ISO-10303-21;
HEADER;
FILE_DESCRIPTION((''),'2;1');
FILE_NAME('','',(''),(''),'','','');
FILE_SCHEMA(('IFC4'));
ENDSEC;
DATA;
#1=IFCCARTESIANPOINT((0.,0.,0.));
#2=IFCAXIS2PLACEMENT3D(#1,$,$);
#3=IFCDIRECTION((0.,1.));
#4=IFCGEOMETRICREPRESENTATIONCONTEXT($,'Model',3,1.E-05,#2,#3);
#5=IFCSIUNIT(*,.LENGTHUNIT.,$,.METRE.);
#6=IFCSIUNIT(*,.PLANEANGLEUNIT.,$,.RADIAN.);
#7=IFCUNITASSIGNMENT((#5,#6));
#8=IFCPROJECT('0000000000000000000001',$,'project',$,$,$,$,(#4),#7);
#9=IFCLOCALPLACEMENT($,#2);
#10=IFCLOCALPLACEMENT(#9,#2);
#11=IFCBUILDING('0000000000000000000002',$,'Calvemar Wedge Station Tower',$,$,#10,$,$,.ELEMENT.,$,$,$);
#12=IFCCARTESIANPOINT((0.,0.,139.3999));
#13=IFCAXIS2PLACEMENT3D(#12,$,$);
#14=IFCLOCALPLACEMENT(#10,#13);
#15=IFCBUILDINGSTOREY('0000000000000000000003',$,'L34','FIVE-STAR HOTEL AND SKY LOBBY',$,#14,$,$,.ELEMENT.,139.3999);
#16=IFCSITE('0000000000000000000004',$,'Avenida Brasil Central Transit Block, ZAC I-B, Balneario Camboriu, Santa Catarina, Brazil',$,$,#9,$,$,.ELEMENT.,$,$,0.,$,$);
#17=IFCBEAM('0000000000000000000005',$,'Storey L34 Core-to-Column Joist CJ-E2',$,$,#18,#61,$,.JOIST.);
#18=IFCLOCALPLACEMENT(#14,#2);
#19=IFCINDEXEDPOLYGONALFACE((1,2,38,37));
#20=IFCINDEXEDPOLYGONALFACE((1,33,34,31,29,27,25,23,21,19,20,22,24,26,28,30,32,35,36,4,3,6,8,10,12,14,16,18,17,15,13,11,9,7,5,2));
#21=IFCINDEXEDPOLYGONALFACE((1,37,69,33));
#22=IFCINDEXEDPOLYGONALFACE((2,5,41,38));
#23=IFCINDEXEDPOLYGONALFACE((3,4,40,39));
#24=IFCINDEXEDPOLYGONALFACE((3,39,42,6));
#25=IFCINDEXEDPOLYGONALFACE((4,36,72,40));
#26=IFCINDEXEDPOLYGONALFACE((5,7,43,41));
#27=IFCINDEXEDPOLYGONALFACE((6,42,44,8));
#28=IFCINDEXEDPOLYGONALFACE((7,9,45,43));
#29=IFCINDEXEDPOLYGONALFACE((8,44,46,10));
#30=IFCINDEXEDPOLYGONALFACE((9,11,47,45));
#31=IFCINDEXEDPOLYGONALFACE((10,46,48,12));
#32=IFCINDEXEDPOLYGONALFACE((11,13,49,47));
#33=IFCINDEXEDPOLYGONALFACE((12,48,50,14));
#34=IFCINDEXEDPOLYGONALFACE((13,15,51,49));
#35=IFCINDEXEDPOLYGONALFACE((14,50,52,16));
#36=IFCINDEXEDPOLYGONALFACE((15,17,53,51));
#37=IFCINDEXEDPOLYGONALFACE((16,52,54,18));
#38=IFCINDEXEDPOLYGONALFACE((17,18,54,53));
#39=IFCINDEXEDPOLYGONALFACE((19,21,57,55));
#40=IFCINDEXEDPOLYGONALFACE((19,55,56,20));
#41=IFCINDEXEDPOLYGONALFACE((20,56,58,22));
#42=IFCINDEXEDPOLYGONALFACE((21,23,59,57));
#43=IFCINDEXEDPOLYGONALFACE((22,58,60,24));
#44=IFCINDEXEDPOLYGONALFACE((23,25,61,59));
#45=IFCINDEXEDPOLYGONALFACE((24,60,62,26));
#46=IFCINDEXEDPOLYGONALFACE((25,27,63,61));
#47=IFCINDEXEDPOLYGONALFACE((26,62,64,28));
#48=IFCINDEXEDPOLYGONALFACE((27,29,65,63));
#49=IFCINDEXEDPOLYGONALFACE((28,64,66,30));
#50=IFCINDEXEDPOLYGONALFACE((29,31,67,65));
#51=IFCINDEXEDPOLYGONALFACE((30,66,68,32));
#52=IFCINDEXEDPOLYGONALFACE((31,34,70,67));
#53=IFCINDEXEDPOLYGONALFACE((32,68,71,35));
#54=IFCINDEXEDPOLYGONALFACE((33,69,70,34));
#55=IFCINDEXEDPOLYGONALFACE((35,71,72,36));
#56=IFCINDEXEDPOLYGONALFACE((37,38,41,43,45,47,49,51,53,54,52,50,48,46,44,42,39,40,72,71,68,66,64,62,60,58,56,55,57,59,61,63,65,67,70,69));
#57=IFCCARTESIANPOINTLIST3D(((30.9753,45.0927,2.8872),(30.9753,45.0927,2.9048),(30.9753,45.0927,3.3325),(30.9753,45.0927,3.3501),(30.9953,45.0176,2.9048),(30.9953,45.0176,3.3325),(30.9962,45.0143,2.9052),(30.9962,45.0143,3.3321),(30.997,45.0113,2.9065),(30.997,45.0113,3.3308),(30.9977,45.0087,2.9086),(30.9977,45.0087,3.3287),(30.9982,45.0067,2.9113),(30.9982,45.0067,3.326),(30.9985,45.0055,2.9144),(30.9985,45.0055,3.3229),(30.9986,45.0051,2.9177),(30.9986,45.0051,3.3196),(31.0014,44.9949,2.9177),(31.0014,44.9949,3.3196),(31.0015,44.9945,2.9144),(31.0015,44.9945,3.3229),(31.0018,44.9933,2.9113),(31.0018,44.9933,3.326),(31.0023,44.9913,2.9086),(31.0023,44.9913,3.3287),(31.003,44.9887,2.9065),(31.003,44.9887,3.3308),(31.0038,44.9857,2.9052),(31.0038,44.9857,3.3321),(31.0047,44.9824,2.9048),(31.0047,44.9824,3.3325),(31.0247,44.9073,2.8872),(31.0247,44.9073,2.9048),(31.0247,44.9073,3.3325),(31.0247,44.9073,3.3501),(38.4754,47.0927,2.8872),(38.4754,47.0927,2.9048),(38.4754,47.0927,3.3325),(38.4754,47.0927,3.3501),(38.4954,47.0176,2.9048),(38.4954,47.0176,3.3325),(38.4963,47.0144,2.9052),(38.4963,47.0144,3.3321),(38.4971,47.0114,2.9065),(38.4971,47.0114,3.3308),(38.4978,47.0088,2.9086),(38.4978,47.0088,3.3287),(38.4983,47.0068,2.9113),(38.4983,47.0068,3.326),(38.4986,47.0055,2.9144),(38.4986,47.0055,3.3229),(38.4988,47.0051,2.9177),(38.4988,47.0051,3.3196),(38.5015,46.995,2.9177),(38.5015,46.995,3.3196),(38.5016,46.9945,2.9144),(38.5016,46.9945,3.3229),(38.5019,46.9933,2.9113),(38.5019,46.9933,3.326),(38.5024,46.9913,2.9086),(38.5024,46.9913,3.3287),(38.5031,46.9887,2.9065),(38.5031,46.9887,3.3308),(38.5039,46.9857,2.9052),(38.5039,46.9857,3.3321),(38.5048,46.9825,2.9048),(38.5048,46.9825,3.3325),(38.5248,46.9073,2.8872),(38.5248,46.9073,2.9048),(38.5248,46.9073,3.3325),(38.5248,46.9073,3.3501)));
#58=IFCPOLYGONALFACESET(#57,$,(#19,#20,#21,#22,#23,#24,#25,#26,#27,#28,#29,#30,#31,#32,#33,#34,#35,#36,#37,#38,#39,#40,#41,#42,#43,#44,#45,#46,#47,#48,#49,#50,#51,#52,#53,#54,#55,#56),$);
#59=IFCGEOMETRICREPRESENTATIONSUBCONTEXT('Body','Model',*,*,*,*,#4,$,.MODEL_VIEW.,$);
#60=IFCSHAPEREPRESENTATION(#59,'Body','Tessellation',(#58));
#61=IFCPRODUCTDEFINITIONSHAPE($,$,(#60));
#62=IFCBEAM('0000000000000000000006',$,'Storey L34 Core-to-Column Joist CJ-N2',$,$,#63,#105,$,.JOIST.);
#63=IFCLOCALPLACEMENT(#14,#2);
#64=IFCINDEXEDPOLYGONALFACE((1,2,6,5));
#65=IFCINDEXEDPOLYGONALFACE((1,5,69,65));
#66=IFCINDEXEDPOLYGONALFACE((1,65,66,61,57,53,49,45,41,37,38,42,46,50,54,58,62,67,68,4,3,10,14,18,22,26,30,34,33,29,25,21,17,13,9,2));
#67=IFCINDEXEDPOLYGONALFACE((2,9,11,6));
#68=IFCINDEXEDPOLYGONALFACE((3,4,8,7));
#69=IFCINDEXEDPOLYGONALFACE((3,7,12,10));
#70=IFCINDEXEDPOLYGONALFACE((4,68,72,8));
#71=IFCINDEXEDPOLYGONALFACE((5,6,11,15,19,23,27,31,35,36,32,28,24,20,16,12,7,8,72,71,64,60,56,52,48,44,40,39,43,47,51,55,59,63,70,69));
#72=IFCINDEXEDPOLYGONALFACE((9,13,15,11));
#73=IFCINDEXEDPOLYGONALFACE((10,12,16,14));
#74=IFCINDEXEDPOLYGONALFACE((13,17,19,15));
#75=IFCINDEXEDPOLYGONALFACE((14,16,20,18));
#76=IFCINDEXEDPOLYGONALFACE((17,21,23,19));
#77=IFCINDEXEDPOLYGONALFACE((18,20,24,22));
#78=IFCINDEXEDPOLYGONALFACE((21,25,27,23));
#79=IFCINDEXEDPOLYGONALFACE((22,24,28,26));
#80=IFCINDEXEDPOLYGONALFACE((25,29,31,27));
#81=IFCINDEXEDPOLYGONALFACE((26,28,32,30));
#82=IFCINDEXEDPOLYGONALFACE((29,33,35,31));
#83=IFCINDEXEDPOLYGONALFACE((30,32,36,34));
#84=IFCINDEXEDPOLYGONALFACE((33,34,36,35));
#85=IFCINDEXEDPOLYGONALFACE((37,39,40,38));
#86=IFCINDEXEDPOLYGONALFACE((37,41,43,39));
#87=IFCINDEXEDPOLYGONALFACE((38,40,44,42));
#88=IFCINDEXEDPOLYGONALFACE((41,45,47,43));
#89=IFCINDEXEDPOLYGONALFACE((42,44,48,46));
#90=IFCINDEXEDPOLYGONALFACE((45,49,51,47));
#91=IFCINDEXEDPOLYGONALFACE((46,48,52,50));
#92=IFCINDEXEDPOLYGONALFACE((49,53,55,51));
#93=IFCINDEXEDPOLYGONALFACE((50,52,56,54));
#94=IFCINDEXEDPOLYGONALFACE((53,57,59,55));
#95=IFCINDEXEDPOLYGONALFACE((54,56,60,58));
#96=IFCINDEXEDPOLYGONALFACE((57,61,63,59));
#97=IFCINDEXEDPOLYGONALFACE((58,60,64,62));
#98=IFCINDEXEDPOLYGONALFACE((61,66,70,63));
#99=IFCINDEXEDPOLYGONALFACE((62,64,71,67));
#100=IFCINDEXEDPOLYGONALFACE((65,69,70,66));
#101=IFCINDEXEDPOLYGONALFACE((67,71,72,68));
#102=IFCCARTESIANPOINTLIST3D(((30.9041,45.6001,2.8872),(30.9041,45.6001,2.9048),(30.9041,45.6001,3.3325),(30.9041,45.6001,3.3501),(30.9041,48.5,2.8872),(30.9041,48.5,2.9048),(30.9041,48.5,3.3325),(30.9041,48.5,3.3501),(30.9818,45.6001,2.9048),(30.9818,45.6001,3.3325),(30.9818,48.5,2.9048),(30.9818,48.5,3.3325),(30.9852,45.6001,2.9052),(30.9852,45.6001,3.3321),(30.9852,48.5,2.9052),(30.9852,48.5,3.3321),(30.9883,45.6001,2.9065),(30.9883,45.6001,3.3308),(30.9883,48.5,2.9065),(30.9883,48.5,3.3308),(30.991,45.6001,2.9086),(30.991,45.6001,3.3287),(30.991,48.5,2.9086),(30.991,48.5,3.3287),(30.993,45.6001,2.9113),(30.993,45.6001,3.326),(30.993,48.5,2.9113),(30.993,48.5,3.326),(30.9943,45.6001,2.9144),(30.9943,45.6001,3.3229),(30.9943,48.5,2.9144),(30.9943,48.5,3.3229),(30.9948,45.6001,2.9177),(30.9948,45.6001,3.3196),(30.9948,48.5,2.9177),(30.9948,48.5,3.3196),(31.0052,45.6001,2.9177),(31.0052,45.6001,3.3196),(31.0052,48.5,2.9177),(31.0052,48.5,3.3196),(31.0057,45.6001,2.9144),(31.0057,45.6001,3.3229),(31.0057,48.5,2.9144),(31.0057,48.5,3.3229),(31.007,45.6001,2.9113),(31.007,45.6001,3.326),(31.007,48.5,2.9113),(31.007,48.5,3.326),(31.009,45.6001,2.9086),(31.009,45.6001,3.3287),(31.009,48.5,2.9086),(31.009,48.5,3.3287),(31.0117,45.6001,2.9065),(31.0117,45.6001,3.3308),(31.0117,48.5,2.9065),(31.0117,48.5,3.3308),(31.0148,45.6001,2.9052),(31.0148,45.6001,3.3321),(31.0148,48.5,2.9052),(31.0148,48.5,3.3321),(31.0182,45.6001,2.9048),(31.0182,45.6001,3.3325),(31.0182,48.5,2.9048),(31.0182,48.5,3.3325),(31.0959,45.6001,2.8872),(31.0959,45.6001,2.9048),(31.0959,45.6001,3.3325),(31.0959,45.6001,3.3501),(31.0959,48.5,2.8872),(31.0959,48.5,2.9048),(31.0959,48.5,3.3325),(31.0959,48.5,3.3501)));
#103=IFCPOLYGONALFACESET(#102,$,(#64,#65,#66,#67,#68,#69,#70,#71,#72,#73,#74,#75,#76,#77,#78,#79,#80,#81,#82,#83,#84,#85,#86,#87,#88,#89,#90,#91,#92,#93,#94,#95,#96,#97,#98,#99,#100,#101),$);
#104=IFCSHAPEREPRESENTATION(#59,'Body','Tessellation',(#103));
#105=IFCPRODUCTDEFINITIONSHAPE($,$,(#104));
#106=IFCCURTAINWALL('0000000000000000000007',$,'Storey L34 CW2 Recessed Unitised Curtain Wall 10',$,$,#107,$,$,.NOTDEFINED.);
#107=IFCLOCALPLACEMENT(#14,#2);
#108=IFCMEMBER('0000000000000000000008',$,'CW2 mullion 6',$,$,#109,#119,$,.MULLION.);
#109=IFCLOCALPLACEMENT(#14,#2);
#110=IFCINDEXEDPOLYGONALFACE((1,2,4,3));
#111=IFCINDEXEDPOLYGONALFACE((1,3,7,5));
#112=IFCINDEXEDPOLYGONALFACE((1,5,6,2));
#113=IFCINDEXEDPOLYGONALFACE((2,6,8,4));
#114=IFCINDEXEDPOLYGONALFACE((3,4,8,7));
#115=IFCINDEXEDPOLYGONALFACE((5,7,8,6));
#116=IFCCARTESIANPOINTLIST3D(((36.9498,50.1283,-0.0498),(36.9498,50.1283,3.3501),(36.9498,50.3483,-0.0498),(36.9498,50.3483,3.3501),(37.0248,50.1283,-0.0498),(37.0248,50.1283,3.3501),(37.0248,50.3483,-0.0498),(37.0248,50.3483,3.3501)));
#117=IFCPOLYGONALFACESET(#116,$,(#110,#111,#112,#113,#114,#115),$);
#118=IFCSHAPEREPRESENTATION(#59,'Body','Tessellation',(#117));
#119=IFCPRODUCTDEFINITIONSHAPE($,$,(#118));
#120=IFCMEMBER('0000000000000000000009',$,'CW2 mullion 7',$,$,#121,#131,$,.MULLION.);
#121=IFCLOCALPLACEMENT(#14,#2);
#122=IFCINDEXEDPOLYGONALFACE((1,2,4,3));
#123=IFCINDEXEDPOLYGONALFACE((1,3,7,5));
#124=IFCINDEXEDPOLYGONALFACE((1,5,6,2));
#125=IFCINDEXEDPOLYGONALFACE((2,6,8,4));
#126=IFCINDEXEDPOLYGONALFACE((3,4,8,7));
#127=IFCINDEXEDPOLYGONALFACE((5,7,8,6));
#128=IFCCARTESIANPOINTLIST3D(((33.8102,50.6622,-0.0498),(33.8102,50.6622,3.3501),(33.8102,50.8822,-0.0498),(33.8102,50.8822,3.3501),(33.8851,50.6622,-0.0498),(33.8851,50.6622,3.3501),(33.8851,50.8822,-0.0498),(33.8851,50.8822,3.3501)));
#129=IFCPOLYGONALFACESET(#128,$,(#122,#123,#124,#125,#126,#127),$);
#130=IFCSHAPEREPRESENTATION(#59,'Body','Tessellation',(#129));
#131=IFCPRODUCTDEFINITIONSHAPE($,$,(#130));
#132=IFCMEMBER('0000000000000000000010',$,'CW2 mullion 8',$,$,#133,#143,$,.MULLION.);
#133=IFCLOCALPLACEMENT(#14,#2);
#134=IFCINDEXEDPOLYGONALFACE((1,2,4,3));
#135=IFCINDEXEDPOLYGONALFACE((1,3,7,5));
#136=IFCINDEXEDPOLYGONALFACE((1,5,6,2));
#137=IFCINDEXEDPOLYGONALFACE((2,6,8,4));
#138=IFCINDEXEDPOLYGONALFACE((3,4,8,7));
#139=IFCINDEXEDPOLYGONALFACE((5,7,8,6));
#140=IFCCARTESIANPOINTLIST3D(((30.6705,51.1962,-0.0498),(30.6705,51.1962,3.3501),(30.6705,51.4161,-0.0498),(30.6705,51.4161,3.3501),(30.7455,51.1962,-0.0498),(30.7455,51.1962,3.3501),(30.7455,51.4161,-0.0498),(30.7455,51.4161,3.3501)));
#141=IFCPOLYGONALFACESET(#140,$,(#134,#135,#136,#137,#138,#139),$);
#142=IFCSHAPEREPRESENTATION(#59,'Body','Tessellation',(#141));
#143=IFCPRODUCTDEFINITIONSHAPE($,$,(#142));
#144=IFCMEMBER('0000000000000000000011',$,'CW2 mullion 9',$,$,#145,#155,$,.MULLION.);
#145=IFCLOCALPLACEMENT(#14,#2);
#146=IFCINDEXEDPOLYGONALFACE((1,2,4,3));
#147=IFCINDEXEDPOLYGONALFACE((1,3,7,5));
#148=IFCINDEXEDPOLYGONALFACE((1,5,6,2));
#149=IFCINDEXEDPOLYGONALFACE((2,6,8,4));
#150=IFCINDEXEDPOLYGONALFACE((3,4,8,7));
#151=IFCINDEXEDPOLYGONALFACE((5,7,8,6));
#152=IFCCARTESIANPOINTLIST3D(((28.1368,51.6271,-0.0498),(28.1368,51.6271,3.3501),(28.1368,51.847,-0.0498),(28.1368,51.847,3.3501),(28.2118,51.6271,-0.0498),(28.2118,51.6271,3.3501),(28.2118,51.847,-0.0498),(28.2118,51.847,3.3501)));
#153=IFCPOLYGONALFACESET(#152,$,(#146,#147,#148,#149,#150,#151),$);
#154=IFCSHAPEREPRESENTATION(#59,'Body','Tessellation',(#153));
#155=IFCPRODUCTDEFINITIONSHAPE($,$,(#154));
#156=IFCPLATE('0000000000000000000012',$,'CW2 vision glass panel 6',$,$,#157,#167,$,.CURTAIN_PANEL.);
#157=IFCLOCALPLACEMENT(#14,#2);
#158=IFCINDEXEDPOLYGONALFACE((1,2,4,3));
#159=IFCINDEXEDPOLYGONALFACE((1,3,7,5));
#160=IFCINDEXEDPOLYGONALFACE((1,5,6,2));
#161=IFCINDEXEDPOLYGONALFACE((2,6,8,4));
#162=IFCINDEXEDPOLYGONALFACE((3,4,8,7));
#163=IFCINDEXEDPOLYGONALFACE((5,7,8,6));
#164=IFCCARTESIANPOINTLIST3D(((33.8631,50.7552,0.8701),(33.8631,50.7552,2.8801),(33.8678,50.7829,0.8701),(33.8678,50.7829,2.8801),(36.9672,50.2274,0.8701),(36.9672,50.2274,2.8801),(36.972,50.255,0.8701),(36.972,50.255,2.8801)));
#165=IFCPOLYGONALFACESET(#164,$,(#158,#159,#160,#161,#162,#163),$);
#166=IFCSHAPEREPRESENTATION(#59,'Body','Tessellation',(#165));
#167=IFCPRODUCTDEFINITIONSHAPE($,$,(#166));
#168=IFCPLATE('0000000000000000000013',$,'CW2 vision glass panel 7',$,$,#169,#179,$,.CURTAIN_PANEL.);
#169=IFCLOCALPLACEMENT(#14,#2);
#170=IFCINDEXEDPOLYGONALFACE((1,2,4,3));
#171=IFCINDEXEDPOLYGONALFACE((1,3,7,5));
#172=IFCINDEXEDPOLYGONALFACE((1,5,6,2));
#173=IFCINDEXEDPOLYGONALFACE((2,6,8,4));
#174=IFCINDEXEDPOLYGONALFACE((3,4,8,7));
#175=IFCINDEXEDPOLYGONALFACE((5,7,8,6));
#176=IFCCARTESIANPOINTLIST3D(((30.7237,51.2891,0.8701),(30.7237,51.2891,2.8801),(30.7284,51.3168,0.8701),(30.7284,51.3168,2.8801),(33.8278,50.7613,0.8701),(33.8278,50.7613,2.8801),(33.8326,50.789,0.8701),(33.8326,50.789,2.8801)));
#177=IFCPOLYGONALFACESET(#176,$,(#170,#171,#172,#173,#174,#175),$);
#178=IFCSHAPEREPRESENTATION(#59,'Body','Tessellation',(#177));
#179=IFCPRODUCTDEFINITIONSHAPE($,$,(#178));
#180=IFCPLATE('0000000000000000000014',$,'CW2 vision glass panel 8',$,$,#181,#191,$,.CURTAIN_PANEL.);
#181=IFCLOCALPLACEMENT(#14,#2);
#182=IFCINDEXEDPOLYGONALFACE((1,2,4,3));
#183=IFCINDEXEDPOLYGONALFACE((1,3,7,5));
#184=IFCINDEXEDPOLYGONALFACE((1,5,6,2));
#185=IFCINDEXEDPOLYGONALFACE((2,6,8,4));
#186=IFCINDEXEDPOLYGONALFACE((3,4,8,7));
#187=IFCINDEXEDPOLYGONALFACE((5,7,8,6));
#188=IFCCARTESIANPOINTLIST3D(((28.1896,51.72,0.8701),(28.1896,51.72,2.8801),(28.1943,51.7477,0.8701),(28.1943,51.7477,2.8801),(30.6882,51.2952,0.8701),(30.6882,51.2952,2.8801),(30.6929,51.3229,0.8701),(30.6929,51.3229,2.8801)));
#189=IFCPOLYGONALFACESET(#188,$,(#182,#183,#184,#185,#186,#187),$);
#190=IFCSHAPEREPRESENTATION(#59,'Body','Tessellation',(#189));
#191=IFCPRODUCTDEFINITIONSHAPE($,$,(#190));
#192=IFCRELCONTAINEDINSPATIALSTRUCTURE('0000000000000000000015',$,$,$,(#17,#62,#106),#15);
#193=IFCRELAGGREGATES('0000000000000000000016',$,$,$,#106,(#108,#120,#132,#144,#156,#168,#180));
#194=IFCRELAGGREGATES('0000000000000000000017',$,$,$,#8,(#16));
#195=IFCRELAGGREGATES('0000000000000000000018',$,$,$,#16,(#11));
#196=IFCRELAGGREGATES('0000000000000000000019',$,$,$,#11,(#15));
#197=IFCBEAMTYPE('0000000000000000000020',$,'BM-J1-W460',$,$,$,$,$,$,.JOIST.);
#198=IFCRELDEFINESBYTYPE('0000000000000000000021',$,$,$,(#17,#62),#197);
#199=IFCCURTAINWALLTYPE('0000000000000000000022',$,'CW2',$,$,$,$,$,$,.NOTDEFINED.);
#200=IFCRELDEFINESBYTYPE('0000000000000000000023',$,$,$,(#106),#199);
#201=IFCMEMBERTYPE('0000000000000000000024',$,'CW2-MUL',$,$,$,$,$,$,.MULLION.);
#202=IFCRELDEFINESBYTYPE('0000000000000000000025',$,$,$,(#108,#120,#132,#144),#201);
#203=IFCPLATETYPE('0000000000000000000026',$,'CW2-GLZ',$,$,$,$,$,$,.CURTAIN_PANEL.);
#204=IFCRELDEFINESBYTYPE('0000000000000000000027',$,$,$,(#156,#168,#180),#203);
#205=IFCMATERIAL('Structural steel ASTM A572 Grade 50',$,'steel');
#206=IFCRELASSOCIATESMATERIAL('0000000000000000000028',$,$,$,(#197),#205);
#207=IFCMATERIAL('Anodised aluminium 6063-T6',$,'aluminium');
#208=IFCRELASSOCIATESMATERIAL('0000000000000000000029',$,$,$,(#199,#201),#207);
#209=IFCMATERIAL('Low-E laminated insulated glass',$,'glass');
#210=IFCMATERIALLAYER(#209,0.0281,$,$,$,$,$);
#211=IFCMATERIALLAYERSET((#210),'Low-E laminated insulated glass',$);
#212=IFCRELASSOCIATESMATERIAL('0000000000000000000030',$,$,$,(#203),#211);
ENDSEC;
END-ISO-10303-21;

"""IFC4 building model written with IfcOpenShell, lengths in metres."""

from ifc_helpers import new_model, si_unit, direction, frame, frame_2d, origin, origin_2d, place, context, subcontext, project, spatial, rectangle, i_section, extrude, source, transform, mapped, material, layer, layer_set, material_profile, profile_set, type_object, element, aggregate, save


model = new_model("IFC4")

# Units and contexts
model_context = context("Model", 3, precision=1e-05, world=origin(), true_north=direction((0.0, 1.0)))
body_context = subcontext(model_context, "Body", "Model", "MODEL_VIEW")
ifc_project = project(units=[si_unit("LENGTHUNIT", "METRE"), si_unit("PLANEANGLEUNIT", "RADIAN")], contexts=[model_context])

# Site, building, storey
site_placement = place(None, origin())
site = spatial("IfcSite", under=ifc_project, at=site_placement, Name="Avenida Brasil Central Transit Block, ZAC I-B, Balneario Camboriu, Santa Catarina, Brazil", CompositionType="ELEMENT", RefElevation=0.0)
building_placement = place(site_placement, origin())
building = spatial("IfcBuilding", under=site, at=building_placement, Name="Calvemar Wedge Station Tower", CompositionType="ELEMENT")
storey_placement = place(building_placement, frame((0.0, 0.0, 139.3999)))
storey = spatial("IfcBuildingStorey", under=building, at=storey_placement, Name="L34", Description="FIVE-STAR HOTEL AND SKY LOBBY", CompositionType="ELEMENT", Elevation=139.3999)

# Beams
ifc_material_1 = material(Name="Structural steel ASTM A572 Grade 50", Category="steel")
ifc_material_profile_1 = material_profile(ifc_material_1, i_section(OverallWidth=0.1919, OverallDepth=0.4629, WebThickness=0.0105, FlangeThickness=0.0176, FilletRadius=0.0129, at=origin_2d()), Name="W460x89")
ifc_profile_set_1 = profile_set([ifc_material_profile_1], Name="Structural steel ASTM A572 Grade 50")
beam_type_1 = type_object("IfcBeamType", Name="BM-J1-W460", PredefinedType="JOIST", material=ifc_profile_set_1)
shared_shape_1 = source(origin(), body_context, "Body", "SweptSolid", [
    extrude(i_section(OverallWidth=0.1919, OverallDepth=0.4629, WebThickness=0.0105, FlangeThickness=0.0176, FilletRadius=0.0129, at=origin_2d()), origin(), (0.0, 0.0, 1.0), 7.7622),
])
beam_1_placement = place(storey_placement, frame((31.0, 45.0, 3.1187), z_axis=(0.966235, 0.257663, 0.0), x_axis=(-0.257663, 0.966235, 0.0)))
element("IfcBeam", 1, at=beam_1_placement, inside=storey, type_object=beam_type_1, Name="Storey L34 Core-to-Column Joist CJ-E2", PredefinedType="JOIST", context=body_context, shape_type="MappedRepresentation", body=[
    mapped(shared_shape_1, transform((0.0, 0.0, 0.0), scale=1.0)),
])
shared_shape_2 = source(origin(), body_context, "Body", "SweptSolid", [
    extrude(i_section(OverallWidth=0.1919, OverallDepth=0.4629, WebThickness=0.0105, FlangeThickness=0.0176, FilletRadius=0.0129, at=origin_2d()), origin(), (0.0, 0.0, 1.0), 2.8999),
])
beam_2_placement = place(storey_placement, frame((31.0, 45.6001, 3.1187), z_axis=(0.0, 1.0, 0.0), x_axis=(-1.0, 0.0, 0.0)))
element("IfcBeam", 2, at=beam_2_placement, inside=storey, type_object=beam_type_1, Name="Storey L34 Core-to-Column Joist CJ-N2", PredefinedType="JOIST", context=body_context, shape_type="MappedRepresentation", body=[
    mapped(shared_shape_2, transform((0.0, 0.0, 0.0), scale=1.0)),
])

# Curtain wall, members, plates
ifc_material_2 = material(Name="Anodised aluminium 6063-T6", Category="aluminium")
curtain_wall_type = type_object("IfcCurtainWallType", Name="CW2", PredefinedType="NOTDEFINED", material=ifc_material_2)
curtain_wall_placement = place(storey_placement, origin())
curtain_wall = element("IfcCurtainWall", 3, at=curtain_wall_placement, inside=storey, type_object=curtain_wall_type, Name="Storey L34 CW2 Recessed Unitised Curtain Wall 10", PredefinedType="NOTDEFINED")
ifc_material_profile_2 = material_profile(ifc_material_2, rectangle(XDim=0.075, YDim=0.22, at=origin_2d()), Name="AL-MUL-75x220")
ifc_profile_set_2 = profile_set([ifc_material_profile_2], Name="Anodised aluminium 6063-T6")
member_type = type_object("IfcMemberType", Name="CW2-MUL", PredefinedType="MULLION", material=ifc_profile_set_2)
shared_shape_3 = source(origin(), body_context, "Body", "SweptSolid", [
    extrude(rectangle(XDim=0.075, YDim=0.22, at=origin_2d()), origin(), (0.0, 0.0, 1.0), 3.3999),
])
member_1_placement = place(storey_placement, frame((36.9873, 50.2383, -0.0498), z_axis=(0.0, 0.0, 1.0), x_axis=(1.0, 0.0, 0.0)))
member_1 = element("IfcMember", 4, at=member_1_placement, type_object=member_type, Name="CW2 mullion 6", PredefinedType="MULLION", context=body_context, shape_type="MappedRepresentation", body=[
    mapped(shared_shape_3, transform((0.0, 0.0, 0.0), scale=1.0)),
])
member_2_placement = place(storey_placement, frame((33.8477, 50.7722, -0.0498), z_axis=(0.0, 0.0, 1.0), x_axis=(1.0, 0.0, 0.0)))
member_2 = element("IfcMember", 5, at=member_2_placement, type_object=member_type, Name="CW2 mullion 7", PredefinedType="MULLION", context=body_context, shape_type="MappedRepresentation", body=[
    mapped(shared_shape_3, transform((0.0, 0.0, 0.0), scale=1.0)),
])
member_3_placement = place(storey_placement, frame((30.708, 51.3062, -0.0498), z_axis=(0.0, 0.0, 1.0), x_axis=(1.0, 0.0, 0.0)))
member_3 = element("IfcMember", 6, at=member_3_placement, type_object=member_type, Name="CW2 mullion 8", PredefinedType="MULLION", context=body_context, shape_type="MappedRepresentation", body=[
    mapped(shared_shape_3, transform((0.0, 0.0, 0.0), scale=1.0)),
])
member_4_placement = place(storey_placement, frame((28.1743, 51.7371, -0.0498), z_axis=(0.0, 0.0, 1.0), x_axis=(1.0, 0.0, 0.0)))
member_4 = element("IfcMember", 7, at=member_4_placement, type_object=member_type, Name="CW2 mullion 9", PredefinedType="MULLION", context=body_context, shape_type="MappedRepresentation", body=[
    mapped(shared_shape_3, transform((0.0, 0.0, 0.0), scale=1.0)),
])
ifc_material_3 = material(Name="Low-E laminated insulated glass", Category="glass")
ifc_layer_1 = layer(ifc_material_3, 0.0281)
ifc_layer_set_1 = layer_set([ifc_layer_1], Name="Low-E laminated insulated glass")
plate_type_1 = type_object("IfcPlateType", Name="CW2-GLZ", PredefinedType="CURTAIN_PANEL", material=ifc_layer_set_1)
plate_1_placement = place(storey_placement, frame((36.9695, 50.2412, 0.8701), z_axis=(0.0, 0.0, 1.0), x_axis=(-0.985848, 0.167642, 0.0)))
plate_1 = element("IfcPlate", 8, at=plate_1_placement, type_object=plate_type_1, Name="CW2 vision glass panel 6", PredefinedType="CURTAIN_PANEL", context=body_context, shape_type="SweptSolid", body=[
    extrude(rectangle(XDim=3.1487, YDim=0.0281, at=frame_2d((1.5742, 0.0))), origin(), (0.0, 0.0, 1.0), 2.01),
])
plate_2_placement = place(storey_placement, frame((33.8301, 50.7751, 0.8701), z_axis=(0.0, 0.0, 1.0), x_axis=(-0.98585, 0.167629, 0.0)))
plate_2 = element("IfcPlate", 9, at=plate_2_placement, type_object=plate_type_1, Name="CW2 vision glass panel 7", PredefinedType="CURTAIN_PANEL", context=body_context, shape_type="SweptSolid", body=[
    extrude(rectangle(XDim=3.1487, YDim=0.0281, at=frame_2d((1.5742, 0.0))), origin(), (0.0, 0.0, 1.0), 2.01),
])
plate_3_placement = place(storey_placement, frame((30.6904, 51.3091, 0.8701), z_axis=(0.0, 0.0, 1.0), x_axis=(-0.985852, 0.167616, 0.0)))
plate_3 = element("IfcPlate", 10, at=plate_3_placement, type_object=plate_type_1, Name="CW2 vision glass panel 8", PredefinedType="CURTAIN_PANEL", context=body_context, shape_type="SweptSolid", body=[
    extrude(rectangle(XDim=2.5344, YDim=0.0281, at=frame_2d((1.2671, 0.0))), origin(), (0.0, 0.0, 1.0), 2.01),
])
aggregate(curtain_wall, [member_1, member_2, member_3, member_4, plate_1, plate_2, plate_3])

save(model, "model.ifc")
